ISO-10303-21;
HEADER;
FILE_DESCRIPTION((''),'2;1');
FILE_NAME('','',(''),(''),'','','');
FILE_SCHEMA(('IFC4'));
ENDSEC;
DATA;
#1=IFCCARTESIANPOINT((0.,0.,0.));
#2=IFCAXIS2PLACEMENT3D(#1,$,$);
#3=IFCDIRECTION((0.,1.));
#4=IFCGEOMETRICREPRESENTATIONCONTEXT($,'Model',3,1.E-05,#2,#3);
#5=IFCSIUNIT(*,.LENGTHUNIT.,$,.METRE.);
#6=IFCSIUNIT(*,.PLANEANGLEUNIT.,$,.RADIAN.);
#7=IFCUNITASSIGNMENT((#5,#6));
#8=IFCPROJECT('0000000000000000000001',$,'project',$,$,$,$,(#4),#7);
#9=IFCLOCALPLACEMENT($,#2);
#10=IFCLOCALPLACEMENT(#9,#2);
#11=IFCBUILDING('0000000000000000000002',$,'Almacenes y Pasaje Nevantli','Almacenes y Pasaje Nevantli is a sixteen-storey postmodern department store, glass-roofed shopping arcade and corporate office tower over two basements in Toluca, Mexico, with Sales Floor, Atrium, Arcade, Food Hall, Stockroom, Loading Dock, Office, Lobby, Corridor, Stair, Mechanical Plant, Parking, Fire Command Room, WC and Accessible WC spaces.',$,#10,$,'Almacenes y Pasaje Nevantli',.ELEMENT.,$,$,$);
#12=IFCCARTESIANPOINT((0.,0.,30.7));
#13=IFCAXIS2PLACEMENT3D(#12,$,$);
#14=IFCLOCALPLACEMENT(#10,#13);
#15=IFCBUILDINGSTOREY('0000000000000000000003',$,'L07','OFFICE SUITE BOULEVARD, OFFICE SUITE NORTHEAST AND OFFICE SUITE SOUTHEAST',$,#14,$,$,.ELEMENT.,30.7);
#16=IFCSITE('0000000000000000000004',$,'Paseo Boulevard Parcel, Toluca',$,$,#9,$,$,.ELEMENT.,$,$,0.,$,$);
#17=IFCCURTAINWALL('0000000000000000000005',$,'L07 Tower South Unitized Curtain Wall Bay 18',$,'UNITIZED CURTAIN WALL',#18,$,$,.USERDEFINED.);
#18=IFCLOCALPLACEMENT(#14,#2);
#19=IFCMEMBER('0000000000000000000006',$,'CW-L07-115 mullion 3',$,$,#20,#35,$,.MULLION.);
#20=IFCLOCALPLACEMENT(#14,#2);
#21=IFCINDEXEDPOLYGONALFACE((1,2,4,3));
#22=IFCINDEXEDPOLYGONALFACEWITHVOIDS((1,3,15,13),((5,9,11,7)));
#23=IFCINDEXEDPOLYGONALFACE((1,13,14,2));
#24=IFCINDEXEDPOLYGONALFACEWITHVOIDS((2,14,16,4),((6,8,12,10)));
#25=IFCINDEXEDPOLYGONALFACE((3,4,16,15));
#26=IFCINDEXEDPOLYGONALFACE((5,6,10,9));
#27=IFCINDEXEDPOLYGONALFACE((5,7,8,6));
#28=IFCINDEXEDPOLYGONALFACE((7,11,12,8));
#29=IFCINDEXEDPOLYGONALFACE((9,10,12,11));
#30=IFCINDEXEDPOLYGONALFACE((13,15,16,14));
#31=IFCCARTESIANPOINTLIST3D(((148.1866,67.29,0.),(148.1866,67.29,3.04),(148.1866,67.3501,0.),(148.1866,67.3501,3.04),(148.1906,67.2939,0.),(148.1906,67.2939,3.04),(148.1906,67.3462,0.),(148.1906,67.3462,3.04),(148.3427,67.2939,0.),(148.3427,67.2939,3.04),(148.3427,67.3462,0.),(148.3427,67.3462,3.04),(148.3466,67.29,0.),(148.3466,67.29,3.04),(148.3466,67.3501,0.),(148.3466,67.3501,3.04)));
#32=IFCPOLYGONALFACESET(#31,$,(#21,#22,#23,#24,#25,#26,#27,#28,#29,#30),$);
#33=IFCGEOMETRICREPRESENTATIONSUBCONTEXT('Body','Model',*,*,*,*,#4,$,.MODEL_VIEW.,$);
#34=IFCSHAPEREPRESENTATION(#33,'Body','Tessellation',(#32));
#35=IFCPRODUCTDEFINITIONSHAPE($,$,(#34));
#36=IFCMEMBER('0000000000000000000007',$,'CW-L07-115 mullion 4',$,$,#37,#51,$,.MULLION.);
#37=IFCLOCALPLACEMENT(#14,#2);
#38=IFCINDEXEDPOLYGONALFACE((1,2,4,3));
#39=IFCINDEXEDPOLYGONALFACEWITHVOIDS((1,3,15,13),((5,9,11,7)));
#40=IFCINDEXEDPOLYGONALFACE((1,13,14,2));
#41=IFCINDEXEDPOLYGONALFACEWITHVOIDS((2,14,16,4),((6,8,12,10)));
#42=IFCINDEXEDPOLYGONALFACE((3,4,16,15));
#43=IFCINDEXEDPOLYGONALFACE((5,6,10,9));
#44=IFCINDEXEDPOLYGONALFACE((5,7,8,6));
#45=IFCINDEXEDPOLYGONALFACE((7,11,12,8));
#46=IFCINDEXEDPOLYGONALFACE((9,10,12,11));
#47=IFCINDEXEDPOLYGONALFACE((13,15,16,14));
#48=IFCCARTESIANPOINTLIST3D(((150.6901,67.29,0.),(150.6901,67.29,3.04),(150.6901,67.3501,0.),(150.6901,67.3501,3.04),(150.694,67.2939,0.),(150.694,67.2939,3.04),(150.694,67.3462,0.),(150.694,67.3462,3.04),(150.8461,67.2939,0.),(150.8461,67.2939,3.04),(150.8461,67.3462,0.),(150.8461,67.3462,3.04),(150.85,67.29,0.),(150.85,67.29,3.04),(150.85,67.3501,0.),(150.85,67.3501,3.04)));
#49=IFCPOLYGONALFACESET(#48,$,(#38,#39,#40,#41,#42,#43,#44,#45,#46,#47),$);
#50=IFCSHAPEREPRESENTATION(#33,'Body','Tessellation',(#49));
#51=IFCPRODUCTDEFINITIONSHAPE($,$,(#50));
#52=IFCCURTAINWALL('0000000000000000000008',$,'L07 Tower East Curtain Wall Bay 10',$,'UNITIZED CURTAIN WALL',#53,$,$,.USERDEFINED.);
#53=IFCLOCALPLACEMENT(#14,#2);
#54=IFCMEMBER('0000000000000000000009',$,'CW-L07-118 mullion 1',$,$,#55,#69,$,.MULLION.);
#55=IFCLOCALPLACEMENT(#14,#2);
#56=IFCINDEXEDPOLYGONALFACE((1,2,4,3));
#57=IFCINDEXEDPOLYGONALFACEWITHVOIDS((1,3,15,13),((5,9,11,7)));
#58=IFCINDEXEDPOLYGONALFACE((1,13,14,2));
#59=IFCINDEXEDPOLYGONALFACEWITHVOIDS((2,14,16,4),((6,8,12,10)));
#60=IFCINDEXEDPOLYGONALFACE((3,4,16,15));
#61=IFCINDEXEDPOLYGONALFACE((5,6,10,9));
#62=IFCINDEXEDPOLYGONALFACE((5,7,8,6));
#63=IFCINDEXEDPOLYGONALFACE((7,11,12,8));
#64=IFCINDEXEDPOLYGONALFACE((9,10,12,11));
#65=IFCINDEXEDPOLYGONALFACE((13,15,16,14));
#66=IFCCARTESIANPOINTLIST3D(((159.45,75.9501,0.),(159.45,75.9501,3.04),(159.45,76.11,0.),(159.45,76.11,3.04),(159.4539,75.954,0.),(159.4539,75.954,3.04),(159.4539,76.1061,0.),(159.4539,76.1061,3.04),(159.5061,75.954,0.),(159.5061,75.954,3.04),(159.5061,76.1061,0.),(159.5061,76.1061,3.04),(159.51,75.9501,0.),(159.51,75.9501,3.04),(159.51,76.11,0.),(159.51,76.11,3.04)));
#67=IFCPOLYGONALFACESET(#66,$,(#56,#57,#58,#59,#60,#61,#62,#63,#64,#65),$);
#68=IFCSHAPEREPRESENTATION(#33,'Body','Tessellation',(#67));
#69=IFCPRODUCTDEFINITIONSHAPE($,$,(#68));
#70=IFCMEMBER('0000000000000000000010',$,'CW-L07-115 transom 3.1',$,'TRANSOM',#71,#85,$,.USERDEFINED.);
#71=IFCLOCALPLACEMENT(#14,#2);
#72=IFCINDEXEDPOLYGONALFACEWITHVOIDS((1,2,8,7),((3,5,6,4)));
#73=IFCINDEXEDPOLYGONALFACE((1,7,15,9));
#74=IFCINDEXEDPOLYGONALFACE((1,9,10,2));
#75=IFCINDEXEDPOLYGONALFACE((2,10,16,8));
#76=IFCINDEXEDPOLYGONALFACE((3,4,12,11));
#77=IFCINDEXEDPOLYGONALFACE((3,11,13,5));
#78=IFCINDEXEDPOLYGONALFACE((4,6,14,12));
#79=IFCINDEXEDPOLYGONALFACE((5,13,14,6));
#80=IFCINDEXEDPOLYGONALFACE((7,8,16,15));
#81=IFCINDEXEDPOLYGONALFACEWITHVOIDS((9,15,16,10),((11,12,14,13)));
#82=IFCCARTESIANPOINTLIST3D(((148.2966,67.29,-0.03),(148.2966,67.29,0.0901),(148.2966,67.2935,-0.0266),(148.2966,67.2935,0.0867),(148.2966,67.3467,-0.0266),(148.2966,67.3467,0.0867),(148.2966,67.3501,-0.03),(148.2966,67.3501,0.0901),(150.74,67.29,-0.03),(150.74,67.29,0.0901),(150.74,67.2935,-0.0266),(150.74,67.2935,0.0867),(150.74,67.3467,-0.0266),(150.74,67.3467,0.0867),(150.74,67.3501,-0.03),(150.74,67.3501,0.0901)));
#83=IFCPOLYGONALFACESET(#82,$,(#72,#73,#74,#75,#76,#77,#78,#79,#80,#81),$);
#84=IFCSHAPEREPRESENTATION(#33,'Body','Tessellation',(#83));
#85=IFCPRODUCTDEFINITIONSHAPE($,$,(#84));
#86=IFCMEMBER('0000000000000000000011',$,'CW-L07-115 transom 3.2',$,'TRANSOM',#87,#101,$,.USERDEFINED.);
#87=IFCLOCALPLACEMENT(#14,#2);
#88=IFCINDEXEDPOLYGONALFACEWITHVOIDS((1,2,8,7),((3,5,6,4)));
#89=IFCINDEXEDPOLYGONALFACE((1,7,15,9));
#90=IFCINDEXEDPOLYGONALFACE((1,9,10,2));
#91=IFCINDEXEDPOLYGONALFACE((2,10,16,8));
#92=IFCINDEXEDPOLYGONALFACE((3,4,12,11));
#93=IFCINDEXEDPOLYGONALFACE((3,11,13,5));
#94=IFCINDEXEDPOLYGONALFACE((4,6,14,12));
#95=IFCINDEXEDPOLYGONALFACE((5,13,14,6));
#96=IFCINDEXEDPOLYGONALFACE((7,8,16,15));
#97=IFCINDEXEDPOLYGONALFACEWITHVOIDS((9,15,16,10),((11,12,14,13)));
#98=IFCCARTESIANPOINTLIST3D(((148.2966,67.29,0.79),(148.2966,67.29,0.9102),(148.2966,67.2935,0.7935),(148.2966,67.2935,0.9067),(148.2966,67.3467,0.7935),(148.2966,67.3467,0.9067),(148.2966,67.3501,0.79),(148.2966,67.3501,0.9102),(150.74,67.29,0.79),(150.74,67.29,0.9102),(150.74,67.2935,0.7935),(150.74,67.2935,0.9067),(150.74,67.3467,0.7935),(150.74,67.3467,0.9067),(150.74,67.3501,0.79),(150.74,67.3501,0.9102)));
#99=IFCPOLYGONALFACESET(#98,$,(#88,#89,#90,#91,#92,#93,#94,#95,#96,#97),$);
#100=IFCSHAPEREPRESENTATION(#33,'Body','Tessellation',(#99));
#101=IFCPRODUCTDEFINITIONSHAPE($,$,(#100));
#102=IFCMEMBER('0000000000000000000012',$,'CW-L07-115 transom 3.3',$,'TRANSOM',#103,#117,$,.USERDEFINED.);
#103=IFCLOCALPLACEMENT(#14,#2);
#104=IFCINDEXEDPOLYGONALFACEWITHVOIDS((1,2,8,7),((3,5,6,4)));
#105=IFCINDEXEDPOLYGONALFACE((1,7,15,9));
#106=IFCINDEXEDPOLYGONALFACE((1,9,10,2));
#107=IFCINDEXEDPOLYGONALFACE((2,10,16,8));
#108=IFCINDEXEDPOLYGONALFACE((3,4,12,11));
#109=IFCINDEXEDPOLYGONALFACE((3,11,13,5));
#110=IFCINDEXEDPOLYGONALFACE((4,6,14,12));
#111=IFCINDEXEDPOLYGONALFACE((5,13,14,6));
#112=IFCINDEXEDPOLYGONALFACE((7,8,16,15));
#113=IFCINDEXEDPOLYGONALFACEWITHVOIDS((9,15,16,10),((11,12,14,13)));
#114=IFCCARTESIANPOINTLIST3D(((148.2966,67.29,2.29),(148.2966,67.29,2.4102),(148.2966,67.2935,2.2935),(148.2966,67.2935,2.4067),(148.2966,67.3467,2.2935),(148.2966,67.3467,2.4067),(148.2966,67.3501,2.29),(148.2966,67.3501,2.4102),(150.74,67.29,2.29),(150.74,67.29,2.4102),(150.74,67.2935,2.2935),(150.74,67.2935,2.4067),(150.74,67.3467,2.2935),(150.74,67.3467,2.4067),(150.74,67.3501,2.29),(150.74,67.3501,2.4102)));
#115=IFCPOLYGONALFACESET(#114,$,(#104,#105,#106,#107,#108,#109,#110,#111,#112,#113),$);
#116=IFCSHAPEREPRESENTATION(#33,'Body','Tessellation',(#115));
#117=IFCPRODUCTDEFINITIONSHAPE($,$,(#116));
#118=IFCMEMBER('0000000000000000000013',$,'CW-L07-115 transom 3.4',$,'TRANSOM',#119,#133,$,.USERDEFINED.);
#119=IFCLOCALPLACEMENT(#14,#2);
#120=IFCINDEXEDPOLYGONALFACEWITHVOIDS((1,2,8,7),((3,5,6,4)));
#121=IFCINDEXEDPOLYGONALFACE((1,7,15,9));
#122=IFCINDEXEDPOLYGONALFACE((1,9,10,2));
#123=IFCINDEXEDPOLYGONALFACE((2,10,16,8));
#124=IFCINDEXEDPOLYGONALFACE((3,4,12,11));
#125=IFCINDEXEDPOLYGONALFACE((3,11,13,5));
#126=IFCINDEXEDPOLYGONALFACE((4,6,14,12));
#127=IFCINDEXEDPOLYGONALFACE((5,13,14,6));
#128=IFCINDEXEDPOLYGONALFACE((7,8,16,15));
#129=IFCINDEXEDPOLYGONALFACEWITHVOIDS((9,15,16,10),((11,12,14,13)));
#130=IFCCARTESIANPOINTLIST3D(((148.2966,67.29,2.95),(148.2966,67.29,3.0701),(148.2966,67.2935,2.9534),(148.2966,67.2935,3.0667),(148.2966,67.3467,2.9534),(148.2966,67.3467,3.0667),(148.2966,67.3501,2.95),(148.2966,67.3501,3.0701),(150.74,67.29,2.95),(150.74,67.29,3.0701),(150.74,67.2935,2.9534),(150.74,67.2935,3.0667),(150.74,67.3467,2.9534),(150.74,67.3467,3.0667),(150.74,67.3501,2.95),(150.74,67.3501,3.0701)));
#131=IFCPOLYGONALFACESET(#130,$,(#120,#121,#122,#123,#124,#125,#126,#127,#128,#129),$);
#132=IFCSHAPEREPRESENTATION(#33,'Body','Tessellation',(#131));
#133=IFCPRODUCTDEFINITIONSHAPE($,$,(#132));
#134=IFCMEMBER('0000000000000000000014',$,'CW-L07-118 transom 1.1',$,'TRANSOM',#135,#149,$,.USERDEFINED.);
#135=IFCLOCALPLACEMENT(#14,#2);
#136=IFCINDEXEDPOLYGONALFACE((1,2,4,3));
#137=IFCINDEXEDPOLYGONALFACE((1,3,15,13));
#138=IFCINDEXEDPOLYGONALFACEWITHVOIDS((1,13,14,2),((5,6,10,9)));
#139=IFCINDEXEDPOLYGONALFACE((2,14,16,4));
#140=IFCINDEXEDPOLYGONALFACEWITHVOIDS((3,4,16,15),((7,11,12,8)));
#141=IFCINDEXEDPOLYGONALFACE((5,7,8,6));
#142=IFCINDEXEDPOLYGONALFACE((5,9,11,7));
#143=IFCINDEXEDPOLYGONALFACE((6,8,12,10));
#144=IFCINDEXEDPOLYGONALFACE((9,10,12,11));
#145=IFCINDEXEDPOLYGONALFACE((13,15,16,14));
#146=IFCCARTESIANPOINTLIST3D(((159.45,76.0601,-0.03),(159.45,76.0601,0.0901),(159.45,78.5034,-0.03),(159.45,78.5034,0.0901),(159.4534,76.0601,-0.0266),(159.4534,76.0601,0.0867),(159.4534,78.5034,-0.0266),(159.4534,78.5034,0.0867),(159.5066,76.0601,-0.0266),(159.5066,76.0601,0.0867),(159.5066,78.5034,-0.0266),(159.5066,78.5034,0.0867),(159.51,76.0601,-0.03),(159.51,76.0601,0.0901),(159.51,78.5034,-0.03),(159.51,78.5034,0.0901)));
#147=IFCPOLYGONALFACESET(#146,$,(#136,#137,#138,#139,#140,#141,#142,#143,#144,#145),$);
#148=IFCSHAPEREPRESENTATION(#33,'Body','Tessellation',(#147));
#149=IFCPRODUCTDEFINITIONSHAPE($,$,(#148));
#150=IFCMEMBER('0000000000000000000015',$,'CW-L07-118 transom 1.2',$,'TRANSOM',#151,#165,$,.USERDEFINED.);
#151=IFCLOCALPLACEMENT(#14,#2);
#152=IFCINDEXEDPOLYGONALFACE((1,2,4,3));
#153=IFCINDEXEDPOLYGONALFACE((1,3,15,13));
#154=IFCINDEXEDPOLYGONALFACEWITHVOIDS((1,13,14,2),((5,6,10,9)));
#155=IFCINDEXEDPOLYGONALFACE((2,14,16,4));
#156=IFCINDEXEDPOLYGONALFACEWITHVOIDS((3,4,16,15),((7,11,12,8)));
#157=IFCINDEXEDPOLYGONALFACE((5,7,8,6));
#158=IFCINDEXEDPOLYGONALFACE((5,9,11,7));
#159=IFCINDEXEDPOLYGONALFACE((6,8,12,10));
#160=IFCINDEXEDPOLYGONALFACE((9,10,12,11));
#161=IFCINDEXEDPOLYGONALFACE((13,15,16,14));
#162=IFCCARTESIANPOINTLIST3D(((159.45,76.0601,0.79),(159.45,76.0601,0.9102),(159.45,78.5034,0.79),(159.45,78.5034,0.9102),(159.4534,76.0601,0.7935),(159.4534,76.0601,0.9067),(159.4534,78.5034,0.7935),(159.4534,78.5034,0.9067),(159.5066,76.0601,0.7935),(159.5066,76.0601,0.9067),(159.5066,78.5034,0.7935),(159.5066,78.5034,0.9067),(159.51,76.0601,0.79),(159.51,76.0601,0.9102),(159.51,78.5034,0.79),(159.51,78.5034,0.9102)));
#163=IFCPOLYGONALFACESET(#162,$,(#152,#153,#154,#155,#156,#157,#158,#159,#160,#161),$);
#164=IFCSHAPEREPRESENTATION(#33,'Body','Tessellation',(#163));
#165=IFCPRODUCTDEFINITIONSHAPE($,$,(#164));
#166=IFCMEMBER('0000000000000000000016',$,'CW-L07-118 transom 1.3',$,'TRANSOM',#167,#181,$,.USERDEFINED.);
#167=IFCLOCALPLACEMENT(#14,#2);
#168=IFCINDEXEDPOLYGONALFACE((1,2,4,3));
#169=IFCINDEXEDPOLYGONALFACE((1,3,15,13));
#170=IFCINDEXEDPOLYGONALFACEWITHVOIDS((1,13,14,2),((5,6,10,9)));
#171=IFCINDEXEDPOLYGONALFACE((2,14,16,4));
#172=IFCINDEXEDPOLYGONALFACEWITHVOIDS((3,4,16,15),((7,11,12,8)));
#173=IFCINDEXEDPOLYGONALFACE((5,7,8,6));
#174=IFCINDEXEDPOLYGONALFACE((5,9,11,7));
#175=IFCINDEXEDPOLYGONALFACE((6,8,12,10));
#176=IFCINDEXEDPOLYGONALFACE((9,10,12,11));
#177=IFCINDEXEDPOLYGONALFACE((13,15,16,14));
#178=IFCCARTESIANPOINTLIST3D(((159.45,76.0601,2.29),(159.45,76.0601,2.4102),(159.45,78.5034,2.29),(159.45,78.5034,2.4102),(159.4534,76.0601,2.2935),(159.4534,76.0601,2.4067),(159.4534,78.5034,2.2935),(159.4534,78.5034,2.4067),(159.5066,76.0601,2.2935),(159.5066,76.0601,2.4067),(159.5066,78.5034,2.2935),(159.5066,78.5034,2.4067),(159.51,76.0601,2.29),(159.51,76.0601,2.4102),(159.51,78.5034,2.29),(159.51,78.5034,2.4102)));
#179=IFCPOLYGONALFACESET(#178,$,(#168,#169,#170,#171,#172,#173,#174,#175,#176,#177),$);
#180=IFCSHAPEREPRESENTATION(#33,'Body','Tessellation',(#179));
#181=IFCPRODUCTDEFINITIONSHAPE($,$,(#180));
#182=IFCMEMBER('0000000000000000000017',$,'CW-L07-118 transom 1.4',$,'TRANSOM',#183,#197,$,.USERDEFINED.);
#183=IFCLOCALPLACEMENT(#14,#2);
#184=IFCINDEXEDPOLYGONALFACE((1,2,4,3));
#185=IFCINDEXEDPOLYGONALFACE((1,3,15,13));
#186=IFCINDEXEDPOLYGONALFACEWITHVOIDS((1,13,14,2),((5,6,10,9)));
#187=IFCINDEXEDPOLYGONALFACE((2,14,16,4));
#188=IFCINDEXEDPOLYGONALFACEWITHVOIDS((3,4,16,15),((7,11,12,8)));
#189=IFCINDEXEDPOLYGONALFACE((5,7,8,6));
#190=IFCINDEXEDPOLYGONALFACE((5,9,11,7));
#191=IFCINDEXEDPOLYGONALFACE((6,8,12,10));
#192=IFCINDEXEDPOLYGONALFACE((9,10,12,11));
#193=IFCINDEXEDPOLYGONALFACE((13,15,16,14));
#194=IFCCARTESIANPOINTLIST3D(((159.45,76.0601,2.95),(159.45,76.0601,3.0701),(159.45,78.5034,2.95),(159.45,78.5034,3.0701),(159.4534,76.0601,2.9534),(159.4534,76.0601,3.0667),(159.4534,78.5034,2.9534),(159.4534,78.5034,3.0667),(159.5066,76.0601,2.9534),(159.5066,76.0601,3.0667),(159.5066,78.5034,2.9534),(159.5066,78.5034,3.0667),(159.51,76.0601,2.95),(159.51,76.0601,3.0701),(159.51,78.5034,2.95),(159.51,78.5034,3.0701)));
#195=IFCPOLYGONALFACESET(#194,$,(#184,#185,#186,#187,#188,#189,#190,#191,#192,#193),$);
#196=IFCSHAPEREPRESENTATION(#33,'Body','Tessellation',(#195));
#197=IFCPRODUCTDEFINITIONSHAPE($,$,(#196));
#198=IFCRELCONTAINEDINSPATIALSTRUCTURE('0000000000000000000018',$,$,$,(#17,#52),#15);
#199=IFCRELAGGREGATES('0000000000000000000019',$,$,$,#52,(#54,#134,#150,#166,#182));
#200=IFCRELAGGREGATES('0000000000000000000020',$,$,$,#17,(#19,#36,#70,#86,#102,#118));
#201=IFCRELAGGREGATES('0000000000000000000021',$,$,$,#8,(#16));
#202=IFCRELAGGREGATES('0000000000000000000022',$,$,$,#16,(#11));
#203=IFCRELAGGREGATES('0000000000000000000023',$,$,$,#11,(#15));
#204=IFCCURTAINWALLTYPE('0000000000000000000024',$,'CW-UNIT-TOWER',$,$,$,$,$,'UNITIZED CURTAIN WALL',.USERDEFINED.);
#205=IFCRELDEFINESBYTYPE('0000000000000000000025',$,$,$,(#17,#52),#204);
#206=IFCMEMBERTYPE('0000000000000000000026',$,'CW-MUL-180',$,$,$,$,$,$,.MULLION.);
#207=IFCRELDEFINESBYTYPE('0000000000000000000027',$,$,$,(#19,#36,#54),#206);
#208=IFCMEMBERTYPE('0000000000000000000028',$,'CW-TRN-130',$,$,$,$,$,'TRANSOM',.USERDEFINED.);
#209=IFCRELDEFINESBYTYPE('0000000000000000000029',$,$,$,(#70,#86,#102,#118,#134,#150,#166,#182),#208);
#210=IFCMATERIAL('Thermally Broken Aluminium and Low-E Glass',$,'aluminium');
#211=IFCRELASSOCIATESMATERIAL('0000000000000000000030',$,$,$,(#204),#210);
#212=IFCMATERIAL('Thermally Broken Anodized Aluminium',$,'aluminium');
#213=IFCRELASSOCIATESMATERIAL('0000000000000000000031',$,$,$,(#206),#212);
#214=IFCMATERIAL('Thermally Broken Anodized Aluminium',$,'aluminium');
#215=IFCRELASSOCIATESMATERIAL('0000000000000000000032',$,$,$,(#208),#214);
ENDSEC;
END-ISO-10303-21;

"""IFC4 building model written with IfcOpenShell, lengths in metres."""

from ifc_helpers import new_model, si_unit, direction, frame, origin, origin_2d, place, context, subcontext, project, spatial, hollow_rectangle, extrude, material, material_profile, profile_set, type_object, element, aggregate, save


model = new_model("IFC4")

# Units and contexts
model_context = context("Model", 3, precision=1e-05, world=origin(), true_north=direction((0.0, 1.0)))
body_context = subcontext(model_context, "Body", "Model", "MODEL_VIEW")
ifc_project = project(units=[si_unit("LENGTHUNIT", "METRE"), si_unit("PLANEANGLEUNIT", "RADIAN")], contexts=[model_context])

# Site, building, storey
site_placement = place(None, origin())
site = spatial("IfcSite", under=ifc_project, at=site_placement, Name="Paseo Boulevard Parcel, Toluca", CompositionType="ELEMENT", RefElevation=0.0)
building_placement = place(site_placement, origin())
building = spatial("IfcBuilding", under=site, at=building_placement, Name="Almacenes y Pasaje Nevantli", Description="Almacenes y Pasaje Nevantli is a sixteen-storey postmodern department store, glass-roofed shopping arcade and corporate office tower over two basements in Toluca, Mexico, with Sales Floor, Atrium, Arcade, Food Hall, Stockroom, Loading Dock, Office, Lobby, Corridor, Stair, Mechanical Plant, Parking, Fire Command Room, WC and Accessible WC spaces.", LongName="Almacenes y Pasaje Nevantli", CompositionType="ELEMENT")
storey_placement = place(building_placement, frame((0.0, 0.0, 30.7)))
storey = spatial("IfcBuildingStorey", under=building, at=storey_placement, Name="L07", Description="OFFICE SUITE BOULEVARD, OFFICE SUITE NORTHEAST AND OFFICE SUITE SOUTHEAST", CompositionType="ELEMENT", Elevation=30.7)

# Curtain wall, members
ifc_material_1 = material(Name="Thermally Broken Aluminium and Low-E Glass", Category="aluminium")
curtain_wall_type = type_object("IfcCurtainWallType", Name="CW-UNIT-TOWER", ElementType="UNITIZED CURTAIN WALL", PredefinedType="USERDEFINED", material=ifc_material_1)
curtain_wall_1_placement = place(storey_placement, origin())
curtain_wall_1 = element("IfcCurtainWall", 1, at=curtain_wall_1_placement, inside=storey, type_object=curtain_wall_type, Name="L07 Tower South Unitized Curtain Wall Bay 18", ObjectType="UNITIZED CURTAIN WALL", PredefinedType="USERDEFINED")
ifc_material_2 = material(Name="Thermally Broken Anodized Aluminium", Category="aluminium")
ifc_material_profile_1 = material_profile(ifc_material_2, hollow_rectangle(XDim=0.0601, YDim=0.1599, WallThickness=0.0039, at=origin_2d()), Name="ALU-MUL-60x160")
ifc_profile_set_1 = profile_set([ifc_material_profile_1], Name="Thermally Broken Anodized Aluminium")
member_type_1 = type_object("IfcMemberType", Name="CW-MUL-180", PredefinedType="MULLION", material=ifc_profile_set_1)
member_1_placement = place(storey_placement, frame((148.2666, 67.3201, 0.0), z_axis=(0.0, 0.0, 1.0), x_axis=(0.0, 1.0, 0.0)))
member_1 = element("IfcMember", 2, at=member_1_placement, type_object=member_type_1, Name="CW-L07-115 mullion 3", PredefinedType="MULLION", context=body_context, shape_type="SweptSolid", body=[
    extrude(hollow_rectangle(XDim=0.0601, YDim=0.1599, WallThickness=0.0039, at=origin_2d()), origin(), (0.0, 0.0, 1.0), 3.04),
])
member_2_placement = place(storey_placement, frame((150.77, 67.3201, 0.0), z_axis=(0.0, 0.0, 1.0), x_axis=(0.0, 1.0, 0.0)))
member_2 = element("IfcMember", 3, at=member_2_placement, type_object=member_type_1, Name="CW-L07-115 mullion 4", PredefinedType="MULLION", context=body_context, shape_type="SweptSolid", body=[
    extrude(hollow_rectangle(XDim=0.0601, YDim=0.1599, WallThickness=0.0039, at=origin_2d()), origin(), (0.0, 0.0, 1.0), 3.04),
])

# Curtain wall, member
curtain_wall_2_placement = place(storey_placement, origin())
curtain_wall_2 = element("IfcCurtainWall", 4, at=curtain_wall_2_placement, inside=storey, type_object=curtain_wall_type, Name="L07 Tower East Curtain Wall Bay 10", ObjectType="UNITIZED CURTAIN WALL", PredefinedType="USERDEFINED")
member_3_placement = place(storey_placement, frame((159.48, 76.03, 0.0), z_axis=(0.0, 0.0, 1.0), x_axis=(-1.0, 0.0, 0.0)))
member_3 = element("IfcMember", 5, at=member_3_placement, type_object=member_type_1, Name="CW-L07-118 mullion 1", PredefinedType="MULLION", context=body_context, shape_type="SweptSolid", body=[
    extrude(hollow_rectangle(XDim=0.0601, YDim=0.1599, WallThickness=0.0039, at=origin_2d()), origin(), (0.0, 0.0, 1.0), 3.04),
])

# Members
ifc_material_3 = material(Name="Thermally Broken Anodized Aluminium", Category="aluminium")
ifc_material_profile_2 = material_profile(ifc_material_3, hollow_rectangle(XDim=0.0601, YDim=0.1201, WallThickness=0.0034, at=origin_2d()), Name="ALU-TRN-60x120")
ifc_profile_set_2 = profile_set([ifc_material_profile_2], Name="Thermally Broken Anodized Aluminium")
member_type_2 = type_object("IfcMemberType", Name="CW-TRN-130", ElementType="TRANSOM", PredefinedType="USERDEFINED", material=ifc_profile_set_2)
member_4_placement = place(storey_placement, frame((148.2966, 67.3201, 0.03), z_axis=(1.0, 0.0, 0.0), x_axis=(0.0, 1.0, 0.0)))
member_4 = element("IfcMember", 6, at=member_4_placement, type_object=member_type_2, Name="CW-L07-115 transom 3.1", ObjectType="TRANSOM", PredefinedType="USERDEFINED", context=body_context, shape_type="SweptSolid", body=[
    extrude(hollow_rectangle(XDim=0.0601, YDim=0.1201, WallThickness=0.0034, at=origin_2d()), origin(), (0.0, 0.0, 1.0), 2.4434),
])
member_5_placement = place(storey_placement, frame((148.2966, 67.3201, 0.8501), z_axis=(1.0, 0.0, 0.0), x_axis=(0.0, 1.0, 0.0)))
member_5 = element("IfcMember", 7, at=member_5_placement, type_object=member_type_2, Name="CW-L07-115 transom 3.2", ObjectType="TRANSOM", PredefinedType="USERDEFINED", context=body_context, shape_type="SweptSolid", body=[
    extrude(hollow_rectangle(XDim=0.0601, YDim=0.1201, WallThickness=0.0034, at=origin_2d()), origin(), (0.0, 0.0, 1.0), 2.4434),
])
member_6_placement = place(storey_placement, frame((148.2966, 67.3201, 2.3501), z_axis=(1.0, 0.0, 0.0), x_axis=(0.0, 1.0, 0.0)))
member_6 = element("IfcMember", 8, at=member_6_placement, type_object=member_type_2, Name="CW-L07-115 transom 3.3", ObjectType="TRANSOM", PredefinedType="USERDEFINED", context=body_context, shape_type="SweptSolid", body=[
    extrude(hollow_rectangle(XDim=0.0601, YDim=0.1201, WallThickness=0.0034, at=origin_2d()), origin(), (0.0, 0.0, 1.0), 2.4434),
])
member_7_placement = place(storey_placement, frame((148.2966, 67.3201, 3.01), z_axis=(1.0, 0.0, 0.0), x_axis=(0.0, 1.0, 0.0)))
member_7 = element("IfcMember", 9, at=member_7_placement, type_object=member_type_2, Name="CW-L07-115 transom 3.4", ObjectType="TRANSOM", PredefinedType="USERDEFINED", context=body_context, shape_type="SweptSolid", body=[
    extrude(hollow_rectangle(XDim=0.0601, YDim=0.1201, WallThickness=0.0034, at=origin_2d()), origin(), (0.0, 0.0, 1.0), 2.4434),
])
member_8_placement = place(storey_placement, frame((159.48, 76.0601, 0.03), z_axis=(0.0, 1.0, 0.0), x_axis=(-1.0, 0.0, 0.0)))
member_8 = element("IfcMember", 10, at=member_8_placement, type_object=member_type_2, Name="CW-L07-118 transom 1.1", ObjectType="TRANSOM", PredefinedType="USERDEFINED", context=body_context, shape_type="SweptSolid", body=[
    extrude(hollow_rectangle(XDim=0.0601, YDim=0.1201, WallThickness=0.0034, at=origin_2d()), origin(), (0.0, 0.0, 1.0), 2.4434),
])
member_9_placement = place(storey_placement, frame((159.48, 76.0601, 0.8501), z_axis=(0.0, 1.0, 0.0), x_axis=(-1.0, 0.0, 0.0)))
member_9 = element("IfcMember", 11, at=member_9_placement, type_object=member_type_2, Name="CW-L07-118 transom 1.2", ObjectType="TRANSOM", PredefinedType="USERDEFINED", context=body_context, shape_type="SweptSolid", body=[
    extrude(hollow_rectangle(XDim=0.0601, YDim=0.1201, WallThickness=0.0034, at=origin_2d()), origin(), (0.0, 0.0, 1.0), 2.4434),
])
member_10_placement = place(storey_placement, frame((159.48, 76.0601, 2.3501), z_axis=(0.0, 1.0, 0.0), x_axis=(-1.0, 0.0, 0.0)))
member_10 = element("IfcMember", 12, at=member_10_placement, type_object=member_type_2, Name="CW-L07-118 transom 1.3", ObjectType="TRANSOM", PredefinedType="USERDEFINED", context=body_context, shape_type="SweptSolid", body=[
    extrude(hollow_rectangle(XDim=0.0601, YDim=0.1201, WallThickness=0.0034, at=origin_2d()), origin(), (0.0, 0.0, 1.0), 2.4434),
])
member_11_placement = place(storey_placement, frame((159.48, 76.0601, 3.01), z_axis=(0.0, 1.0, 0.0), x_axis=(-1.0, 0.0, 0.0)))
member_11 = element("IfcMember", 13, at=member_11_placement, type_object=member_type_2, Name="CW-L07-118 transom 1.4", ObjectType="TRANSOM", PredefinedType="USERDEFINED", context=body_context, shape_type="SweptSolid", body=[
    extrude(hollow_rectangle(XDim=0.0601, YDim=0.1201, WallThickness=0.0034, at=origin_2d()), origin(), (0.0, 0.0, 1.0), 2.4434),
])
aggregate(curtain_wall_2, [member_3, member_8, member_9, member_10, member_11])

aggregate(curtain_wall_1, [member_1, member_2, member_4, member_5, member_6, member_7])

save(model, "model.ifc")
